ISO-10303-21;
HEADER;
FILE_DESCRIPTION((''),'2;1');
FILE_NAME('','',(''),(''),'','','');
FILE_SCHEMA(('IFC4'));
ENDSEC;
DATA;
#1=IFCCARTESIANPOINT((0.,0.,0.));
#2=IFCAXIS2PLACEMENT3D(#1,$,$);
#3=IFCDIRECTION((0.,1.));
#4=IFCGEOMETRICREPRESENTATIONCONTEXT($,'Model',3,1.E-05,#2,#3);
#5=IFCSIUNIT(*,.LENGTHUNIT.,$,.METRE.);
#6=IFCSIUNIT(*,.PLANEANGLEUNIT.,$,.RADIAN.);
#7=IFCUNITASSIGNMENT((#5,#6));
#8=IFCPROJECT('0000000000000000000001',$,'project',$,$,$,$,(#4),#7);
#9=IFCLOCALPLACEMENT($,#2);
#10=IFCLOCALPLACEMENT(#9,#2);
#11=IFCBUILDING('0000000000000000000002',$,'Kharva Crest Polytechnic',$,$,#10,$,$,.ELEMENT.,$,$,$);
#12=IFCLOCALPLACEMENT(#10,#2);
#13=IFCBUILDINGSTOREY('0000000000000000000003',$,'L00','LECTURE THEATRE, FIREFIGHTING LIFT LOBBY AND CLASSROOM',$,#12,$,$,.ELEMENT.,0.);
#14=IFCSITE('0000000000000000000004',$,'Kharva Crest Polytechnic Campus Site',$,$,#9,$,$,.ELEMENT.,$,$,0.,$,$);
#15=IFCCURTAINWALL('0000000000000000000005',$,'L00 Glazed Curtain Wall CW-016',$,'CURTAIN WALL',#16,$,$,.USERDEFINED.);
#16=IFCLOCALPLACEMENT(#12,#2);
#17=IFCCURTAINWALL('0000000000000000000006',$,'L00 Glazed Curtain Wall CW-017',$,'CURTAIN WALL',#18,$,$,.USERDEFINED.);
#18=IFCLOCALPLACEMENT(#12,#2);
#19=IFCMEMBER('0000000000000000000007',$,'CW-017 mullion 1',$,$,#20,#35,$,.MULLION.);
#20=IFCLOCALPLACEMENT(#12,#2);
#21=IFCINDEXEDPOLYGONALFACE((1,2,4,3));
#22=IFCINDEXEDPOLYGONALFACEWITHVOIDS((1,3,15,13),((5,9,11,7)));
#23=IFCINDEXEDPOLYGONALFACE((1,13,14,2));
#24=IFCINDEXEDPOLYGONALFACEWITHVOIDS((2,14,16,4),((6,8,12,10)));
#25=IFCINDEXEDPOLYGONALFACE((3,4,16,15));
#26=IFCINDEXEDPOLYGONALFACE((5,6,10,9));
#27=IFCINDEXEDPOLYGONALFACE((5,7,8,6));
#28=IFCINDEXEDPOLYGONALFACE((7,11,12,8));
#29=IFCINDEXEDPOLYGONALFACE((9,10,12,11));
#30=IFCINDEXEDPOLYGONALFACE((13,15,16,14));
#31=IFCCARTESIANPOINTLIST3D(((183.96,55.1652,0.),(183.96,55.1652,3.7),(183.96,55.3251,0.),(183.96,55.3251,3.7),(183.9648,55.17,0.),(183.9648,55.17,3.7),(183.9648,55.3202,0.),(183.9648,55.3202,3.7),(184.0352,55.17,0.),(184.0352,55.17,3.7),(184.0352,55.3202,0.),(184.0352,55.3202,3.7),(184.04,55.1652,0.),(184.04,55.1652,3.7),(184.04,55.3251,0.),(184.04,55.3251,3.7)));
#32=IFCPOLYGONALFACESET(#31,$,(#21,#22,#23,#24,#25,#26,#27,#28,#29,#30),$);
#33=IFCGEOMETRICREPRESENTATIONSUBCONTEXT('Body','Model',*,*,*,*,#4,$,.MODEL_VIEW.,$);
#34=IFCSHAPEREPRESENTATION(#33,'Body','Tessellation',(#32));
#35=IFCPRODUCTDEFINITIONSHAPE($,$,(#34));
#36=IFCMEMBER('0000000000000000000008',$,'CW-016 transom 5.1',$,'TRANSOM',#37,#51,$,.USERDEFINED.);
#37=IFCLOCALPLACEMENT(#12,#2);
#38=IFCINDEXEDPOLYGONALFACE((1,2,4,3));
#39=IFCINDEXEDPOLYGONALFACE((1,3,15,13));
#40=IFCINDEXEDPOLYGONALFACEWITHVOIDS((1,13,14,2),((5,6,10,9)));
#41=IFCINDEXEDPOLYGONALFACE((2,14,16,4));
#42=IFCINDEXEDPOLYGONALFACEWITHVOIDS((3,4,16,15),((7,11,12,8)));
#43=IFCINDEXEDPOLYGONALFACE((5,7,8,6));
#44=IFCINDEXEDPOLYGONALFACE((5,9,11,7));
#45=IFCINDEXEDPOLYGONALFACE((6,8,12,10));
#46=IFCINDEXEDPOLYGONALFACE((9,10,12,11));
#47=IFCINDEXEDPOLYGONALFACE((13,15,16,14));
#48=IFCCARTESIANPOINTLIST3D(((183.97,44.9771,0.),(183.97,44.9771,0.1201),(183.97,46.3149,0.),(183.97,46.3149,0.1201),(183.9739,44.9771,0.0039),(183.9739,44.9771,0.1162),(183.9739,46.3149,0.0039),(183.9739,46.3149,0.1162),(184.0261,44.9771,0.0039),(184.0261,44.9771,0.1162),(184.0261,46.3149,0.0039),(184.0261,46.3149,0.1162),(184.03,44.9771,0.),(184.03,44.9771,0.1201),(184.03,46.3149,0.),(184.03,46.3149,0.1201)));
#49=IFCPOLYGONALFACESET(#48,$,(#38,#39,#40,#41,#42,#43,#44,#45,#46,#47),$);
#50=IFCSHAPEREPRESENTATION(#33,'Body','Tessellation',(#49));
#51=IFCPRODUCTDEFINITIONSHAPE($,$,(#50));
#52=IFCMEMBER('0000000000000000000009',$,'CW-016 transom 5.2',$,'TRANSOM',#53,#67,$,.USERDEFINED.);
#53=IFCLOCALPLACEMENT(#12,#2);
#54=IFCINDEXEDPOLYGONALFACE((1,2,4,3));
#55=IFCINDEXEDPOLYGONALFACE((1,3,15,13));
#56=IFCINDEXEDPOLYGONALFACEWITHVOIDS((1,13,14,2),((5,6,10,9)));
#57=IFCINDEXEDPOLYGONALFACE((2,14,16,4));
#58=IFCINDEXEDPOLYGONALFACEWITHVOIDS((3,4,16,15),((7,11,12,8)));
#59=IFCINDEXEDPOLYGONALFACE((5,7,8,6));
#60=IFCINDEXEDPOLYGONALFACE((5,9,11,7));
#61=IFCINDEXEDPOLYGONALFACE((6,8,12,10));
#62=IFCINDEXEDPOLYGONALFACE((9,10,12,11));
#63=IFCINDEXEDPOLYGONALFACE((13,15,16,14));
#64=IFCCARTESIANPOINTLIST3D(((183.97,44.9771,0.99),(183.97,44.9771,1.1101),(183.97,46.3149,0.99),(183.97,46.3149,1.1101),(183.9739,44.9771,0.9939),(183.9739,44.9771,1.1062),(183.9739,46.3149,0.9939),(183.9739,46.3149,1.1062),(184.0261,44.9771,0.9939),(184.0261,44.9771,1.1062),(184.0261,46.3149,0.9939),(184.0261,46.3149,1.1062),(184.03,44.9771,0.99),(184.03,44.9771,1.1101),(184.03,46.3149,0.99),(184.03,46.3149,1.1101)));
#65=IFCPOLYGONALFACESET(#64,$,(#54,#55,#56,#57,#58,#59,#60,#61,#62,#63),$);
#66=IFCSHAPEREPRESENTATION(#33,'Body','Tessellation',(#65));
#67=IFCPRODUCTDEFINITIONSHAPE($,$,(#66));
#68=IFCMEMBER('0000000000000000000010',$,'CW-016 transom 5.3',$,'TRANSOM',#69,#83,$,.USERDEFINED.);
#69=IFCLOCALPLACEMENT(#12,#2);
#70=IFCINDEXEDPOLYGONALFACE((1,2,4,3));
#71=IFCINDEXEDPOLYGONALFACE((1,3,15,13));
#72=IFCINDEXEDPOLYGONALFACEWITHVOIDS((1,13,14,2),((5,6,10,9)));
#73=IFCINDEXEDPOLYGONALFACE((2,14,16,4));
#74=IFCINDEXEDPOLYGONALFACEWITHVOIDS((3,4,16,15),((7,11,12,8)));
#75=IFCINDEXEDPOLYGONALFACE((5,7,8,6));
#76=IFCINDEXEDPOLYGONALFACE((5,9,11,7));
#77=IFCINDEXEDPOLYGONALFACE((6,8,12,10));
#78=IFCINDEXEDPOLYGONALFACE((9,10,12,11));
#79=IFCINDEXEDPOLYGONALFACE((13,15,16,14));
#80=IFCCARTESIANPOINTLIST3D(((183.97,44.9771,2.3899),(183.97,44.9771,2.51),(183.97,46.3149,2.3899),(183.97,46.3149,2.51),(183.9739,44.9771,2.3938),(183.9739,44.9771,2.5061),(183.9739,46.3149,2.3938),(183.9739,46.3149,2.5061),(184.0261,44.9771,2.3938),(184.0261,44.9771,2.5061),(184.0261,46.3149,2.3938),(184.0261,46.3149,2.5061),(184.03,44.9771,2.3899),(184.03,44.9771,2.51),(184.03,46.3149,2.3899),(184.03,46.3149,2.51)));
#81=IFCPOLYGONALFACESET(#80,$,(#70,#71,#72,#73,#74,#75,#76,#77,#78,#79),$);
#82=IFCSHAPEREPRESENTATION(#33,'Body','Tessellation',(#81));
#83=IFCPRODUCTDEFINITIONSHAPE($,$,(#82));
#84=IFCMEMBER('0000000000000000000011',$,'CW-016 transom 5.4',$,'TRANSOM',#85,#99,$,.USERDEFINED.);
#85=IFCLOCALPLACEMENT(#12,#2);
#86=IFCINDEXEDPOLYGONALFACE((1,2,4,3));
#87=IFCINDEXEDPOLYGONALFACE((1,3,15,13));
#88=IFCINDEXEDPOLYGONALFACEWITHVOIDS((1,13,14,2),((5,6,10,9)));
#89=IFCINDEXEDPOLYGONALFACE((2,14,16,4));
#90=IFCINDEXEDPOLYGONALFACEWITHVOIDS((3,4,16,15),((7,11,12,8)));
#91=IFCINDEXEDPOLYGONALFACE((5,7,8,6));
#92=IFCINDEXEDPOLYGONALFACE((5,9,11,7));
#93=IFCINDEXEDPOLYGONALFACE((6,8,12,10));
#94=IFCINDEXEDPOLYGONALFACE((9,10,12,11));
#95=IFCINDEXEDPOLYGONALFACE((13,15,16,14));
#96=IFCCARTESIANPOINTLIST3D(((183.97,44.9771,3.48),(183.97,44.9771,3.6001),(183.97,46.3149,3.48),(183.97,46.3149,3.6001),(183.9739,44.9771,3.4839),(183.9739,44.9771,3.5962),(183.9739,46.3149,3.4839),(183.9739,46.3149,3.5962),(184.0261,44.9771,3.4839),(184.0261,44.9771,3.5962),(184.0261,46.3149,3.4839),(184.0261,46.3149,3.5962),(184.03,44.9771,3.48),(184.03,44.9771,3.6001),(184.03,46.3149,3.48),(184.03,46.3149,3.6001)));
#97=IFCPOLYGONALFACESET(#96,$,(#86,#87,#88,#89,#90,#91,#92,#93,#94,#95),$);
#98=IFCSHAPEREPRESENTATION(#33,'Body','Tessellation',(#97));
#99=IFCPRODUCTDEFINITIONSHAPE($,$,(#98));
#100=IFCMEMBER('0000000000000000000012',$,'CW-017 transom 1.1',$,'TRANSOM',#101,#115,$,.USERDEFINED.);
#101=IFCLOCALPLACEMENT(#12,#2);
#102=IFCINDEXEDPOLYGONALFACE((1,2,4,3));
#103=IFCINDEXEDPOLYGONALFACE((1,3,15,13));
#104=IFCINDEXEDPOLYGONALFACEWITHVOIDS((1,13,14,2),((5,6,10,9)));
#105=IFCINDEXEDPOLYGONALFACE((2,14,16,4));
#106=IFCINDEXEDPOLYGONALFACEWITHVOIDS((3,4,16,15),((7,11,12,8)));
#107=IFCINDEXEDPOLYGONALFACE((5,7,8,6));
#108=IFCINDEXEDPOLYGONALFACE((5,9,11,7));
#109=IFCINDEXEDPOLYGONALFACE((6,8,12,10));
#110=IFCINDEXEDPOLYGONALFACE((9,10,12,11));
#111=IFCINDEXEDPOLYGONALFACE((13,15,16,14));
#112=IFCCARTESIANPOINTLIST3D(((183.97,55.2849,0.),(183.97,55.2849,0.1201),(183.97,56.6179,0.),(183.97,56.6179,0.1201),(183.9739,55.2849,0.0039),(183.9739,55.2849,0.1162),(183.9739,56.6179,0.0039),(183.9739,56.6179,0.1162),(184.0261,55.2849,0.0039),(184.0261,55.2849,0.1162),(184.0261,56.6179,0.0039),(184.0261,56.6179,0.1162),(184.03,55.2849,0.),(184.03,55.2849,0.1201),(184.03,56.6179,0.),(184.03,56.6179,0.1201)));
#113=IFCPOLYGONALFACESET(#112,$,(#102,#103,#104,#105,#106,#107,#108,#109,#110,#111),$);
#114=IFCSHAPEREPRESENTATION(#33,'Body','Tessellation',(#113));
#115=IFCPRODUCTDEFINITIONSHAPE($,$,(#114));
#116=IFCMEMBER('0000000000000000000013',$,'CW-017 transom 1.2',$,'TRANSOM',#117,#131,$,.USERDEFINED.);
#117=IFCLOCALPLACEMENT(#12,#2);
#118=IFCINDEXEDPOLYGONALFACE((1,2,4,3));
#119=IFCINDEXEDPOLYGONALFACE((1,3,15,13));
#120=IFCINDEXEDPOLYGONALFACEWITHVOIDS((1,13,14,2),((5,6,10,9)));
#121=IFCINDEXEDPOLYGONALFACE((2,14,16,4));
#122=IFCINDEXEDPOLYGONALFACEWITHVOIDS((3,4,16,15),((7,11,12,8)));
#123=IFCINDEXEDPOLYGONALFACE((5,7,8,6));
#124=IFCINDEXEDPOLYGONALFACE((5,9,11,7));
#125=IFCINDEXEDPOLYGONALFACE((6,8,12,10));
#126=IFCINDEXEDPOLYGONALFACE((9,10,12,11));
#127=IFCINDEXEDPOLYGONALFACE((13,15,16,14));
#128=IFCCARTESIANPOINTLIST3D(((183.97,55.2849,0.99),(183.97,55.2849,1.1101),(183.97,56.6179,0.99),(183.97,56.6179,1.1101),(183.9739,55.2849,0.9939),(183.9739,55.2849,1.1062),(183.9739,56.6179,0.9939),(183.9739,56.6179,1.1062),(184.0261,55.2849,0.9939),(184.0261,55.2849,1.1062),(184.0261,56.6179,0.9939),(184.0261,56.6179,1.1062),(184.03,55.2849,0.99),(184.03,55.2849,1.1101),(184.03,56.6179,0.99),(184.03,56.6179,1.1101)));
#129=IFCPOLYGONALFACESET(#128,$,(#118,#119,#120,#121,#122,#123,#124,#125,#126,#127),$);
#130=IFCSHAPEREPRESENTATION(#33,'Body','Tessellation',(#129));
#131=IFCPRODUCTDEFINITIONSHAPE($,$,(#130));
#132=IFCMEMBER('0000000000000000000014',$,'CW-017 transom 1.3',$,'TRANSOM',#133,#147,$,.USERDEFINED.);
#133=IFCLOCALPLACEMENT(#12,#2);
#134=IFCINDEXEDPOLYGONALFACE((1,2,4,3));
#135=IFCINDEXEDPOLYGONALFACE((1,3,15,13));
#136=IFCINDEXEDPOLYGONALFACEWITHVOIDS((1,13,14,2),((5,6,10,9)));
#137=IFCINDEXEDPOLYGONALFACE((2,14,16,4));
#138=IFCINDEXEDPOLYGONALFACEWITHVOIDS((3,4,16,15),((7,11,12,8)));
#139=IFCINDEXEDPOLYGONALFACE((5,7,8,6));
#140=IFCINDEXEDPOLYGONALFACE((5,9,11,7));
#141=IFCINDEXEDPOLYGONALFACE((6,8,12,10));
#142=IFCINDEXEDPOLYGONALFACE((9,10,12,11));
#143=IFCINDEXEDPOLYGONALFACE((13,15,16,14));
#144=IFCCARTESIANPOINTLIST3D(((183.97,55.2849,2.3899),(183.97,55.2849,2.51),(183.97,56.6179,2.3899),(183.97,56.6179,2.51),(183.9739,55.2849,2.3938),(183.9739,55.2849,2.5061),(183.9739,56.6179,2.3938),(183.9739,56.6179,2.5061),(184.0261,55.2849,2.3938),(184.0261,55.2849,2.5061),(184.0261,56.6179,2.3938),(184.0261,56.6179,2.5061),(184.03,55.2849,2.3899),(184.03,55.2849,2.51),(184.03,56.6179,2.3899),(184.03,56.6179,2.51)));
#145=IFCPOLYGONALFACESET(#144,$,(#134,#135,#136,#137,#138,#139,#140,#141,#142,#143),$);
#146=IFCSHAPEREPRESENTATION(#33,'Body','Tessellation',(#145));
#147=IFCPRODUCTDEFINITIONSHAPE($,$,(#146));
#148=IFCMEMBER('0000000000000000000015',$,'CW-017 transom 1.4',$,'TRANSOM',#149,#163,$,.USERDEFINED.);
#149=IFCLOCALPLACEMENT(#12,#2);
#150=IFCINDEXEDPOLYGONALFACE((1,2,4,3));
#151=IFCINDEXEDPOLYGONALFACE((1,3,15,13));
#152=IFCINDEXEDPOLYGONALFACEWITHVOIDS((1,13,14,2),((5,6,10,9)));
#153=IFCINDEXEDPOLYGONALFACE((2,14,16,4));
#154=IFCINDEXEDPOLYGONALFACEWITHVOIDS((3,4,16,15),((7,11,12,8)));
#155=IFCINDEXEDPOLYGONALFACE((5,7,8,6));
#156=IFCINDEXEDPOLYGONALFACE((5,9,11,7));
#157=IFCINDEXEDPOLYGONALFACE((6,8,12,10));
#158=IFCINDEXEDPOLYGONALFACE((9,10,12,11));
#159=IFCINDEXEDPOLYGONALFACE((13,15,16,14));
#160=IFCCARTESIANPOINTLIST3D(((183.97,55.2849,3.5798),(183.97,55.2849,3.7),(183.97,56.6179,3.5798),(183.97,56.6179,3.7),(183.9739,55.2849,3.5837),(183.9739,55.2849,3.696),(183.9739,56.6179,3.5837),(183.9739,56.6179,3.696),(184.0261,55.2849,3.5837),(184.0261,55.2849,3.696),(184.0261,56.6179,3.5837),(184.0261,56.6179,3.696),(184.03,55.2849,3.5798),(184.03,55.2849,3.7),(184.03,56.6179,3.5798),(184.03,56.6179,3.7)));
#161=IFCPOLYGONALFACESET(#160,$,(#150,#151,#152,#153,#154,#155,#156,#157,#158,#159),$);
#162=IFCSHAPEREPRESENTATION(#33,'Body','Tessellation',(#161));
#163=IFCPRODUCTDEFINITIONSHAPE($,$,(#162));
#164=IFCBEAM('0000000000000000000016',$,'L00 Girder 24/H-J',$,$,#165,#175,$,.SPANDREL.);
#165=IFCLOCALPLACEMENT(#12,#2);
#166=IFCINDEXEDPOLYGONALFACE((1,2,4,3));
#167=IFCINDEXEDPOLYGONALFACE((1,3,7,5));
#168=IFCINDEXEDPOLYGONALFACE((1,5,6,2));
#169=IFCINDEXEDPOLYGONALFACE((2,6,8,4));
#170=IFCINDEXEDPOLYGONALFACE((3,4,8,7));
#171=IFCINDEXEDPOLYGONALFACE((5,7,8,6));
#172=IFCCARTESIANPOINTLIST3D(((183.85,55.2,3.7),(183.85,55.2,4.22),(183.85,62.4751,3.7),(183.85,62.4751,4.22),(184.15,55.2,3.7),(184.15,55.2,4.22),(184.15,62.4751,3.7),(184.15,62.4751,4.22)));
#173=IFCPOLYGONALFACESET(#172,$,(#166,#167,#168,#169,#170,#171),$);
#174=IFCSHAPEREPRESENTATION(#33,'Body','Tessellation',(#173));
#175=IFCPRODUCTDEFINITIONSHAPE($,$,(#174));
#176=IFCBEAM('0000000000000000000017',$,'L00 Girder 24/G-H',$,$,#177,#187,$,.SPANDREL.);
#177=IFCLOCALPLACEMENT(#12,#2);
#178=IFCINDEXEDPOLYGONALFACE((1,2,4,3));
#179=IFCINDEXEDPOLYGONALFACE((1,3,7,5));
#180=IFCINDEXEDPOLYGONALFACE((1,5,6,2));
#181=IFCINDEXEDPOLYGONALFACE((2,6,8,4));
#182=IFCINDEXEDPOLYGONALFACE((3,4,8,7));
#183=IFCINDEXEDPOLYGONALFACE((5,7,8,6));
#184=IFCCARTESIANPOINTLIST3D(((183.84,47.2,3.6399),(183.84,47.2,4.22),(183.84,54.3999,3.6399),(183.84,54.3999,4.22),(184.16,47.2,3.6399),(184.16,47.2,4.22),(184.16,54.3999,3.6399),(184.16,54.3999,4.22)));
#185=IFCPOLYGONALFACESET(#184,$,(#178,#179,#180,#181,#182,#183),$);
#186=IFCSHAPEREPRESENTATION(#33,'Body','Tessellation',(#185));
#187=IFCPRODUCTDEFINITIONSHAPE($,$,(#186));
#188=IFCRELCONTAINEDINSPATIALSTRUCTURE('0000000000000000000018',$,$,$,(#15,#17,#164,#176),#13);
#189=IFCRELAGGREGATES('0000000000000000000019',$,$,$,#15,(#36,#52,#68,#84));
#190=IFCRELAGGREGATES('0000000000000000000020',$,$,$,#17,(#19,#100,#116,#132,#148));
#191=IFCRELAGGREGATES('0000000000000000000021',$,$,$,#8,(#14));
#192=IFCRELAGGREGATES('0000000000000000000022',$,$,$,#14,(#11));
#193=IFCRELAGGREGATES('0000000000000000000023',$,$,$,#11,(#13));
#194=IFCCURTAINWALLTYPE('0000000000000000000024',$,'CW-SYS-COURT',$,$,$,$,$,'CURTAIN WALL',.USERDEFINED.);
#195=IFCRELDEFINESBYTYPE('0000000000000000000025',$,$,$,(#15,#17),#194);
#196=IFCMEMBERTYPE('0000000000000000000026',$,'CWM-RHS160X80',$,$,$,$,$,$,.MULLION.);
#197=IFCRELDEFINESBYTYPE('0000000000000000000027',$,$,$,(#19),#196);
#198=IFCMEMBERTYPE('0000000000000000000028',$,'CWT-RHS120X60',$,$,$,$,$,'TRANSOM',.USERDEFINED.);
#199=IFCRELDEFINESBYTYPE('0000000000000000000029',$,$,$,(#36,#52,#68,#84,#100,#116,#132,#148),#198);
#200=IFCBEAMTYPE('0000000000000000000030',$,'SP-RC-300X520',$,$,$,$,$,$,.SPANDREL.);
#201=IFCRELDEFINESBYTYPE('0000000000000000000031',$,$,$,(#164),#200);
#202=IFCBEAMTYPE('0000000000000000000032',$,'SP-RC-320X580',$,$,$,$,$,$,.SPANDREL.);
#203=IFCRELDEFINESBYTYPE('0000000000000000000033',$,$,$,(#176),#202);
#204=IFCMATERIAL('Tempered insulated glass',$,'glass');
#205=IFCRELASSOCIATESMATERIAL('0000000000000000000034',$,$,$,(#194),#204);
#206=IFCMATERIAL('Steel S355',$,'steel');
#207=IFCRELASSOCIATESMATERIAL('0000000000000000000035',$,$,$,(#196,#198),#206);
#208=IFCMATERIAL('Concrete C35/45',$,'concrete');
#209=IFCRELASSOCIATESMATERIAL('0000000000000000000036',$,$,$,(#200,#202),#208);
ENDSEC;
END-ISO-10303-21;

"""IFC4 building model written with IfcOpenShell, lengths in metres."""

from ifc_helpers import new_model, si_unit, direction, frame, origin, origin_2d, place, context, subcontext, project, spatial, rectangle, hollow_rectangle, extrude, material, material_profile, profile_set, type_object, element, aggregate, save


model = new_model("IFC4")

# Units and contexts
model_context = context("Model", 3, precision=1e-05, world=origin(), true_north=direction((0.0, 1.0)))
body_context = subcontext(model_context, "Body", "Model", "MODEL_VIEW")
ifc_project = project(units=[si_unit("LENGTHUNIT", "METRE"), si_unit("PLANEANGLEUNIT", "RADIAN")], contexts=[model_context])

# Site, building, storey
site_placement = place(None, origin())
site = spatial("IfcSite", under=ifc_project, at=site_placement, Name="Kharva Crest Polytechnic Campus Site", CompositionType="ELEMENT", RefElevation=0.0)
building_placement = place(site_placement, origin())
building = spatial("IfcBuilding", under=site, at=building_placement, Name="Kharva Crest Polytechnic", CompositionType="ELEMENT")
storey_placement = place(building_placement, origin())
storey = spatial("IfcBuildingStorey", under=building, at=storey_placement, Name="L00", Description="LECTURE THEATRE, FIREFIGHTING LIFT LOBBY AND CLASSROOM", CompositionType="ELEMENT", Elevation=0.0)

# Shared definitions
ifc_material_1 = material(Name="Concrete C35/45", Category="concrete")

# Curtain wall
ifc_material_2 = material(Name="Tempered insulated glass", Category="glass")
curtain_wall_type = type_object("IfcCurtainWallType", Name="CW-SYS-COURT", ElementType="CURTAIN WALL", PredefinedType="USERDEFINED", material=ifc_material_2)
curtain_wall_1_placement = place(storey_placement, origin())
curtain_wall_1 = element("IfcCurtainWall", 1, at=curtain_wall_1_placement, inside=storey, type_object=curtain_wall_type, Name="L00 Glazed Curtain Wall CW-016", ObjectType="CURTAIN WALL", PredefinedType="USERDEFINED")
ifc_material_3 = material(Name="Steel S355", Category="steel")
ifc_material_profile_1 = material_profile(ifc_material_3, hollow_rectangle(XDim=0.0801, YDim=0.1599, WallThickness=0.0049, at=origin_2d()), Name="RHS 160X80X5.0")
ifc_profile_set_1 = profile_set([ifc_material_profile_1], Name="Steel S355")
member_type_1 = type_object("IfcMemberType", Name="CWM-RHS160X80", PredefinedType="MULLION", material=ifc_profile_set_1)

# Curtain wall, member
curtain_wall_2_placement = place(storey_placement, origin())
curtain_wall_2 = element("IfcCurtainWall", 2, at=curtain_wall_2_placement, inside=storey, type_object=curtain_wall_type, Name="L00 Glazed Curtain Wall CW-017", ObjectType="CURTAIN WALL", PredefinedType="USERDEFINED")
member_1_placement = place(storey_placement, frame((184.0, 55.2451, 0.0), z_axis=(0.0, 0.0, 1.0), x_axis=(-1.0, 0.0, 0.0)))
member_1 = element("IfcMember", 3, at=member_1_placement, type_object=member_type_1, Name="CW-017 mullion 1", PredefinedType="MULLION", context=body_context, shape_type="SweptSolid", body=[
    extrude(hollow_rectangle(XDim=0.0801, YDim=0.1599, WallThickness=0.0049, at=origin_2d()), origin(), (0.0, 0.0, 1.0), 3.7),
])

# Members
ifc_material_profile_2 = material_profile(ifc_material_3, hollow_rectangle(XDim=0.0601, YDim=0.1201, WallThickness=0.0039, at=origin_2d()), Name="RHS 120X60X4.0")
ifc_profile_set_2 = profile_set([ifc_material_profile_2], Name="Steel S355")
member_type_2 = type_object("IfcMemberType", Name="CWT-RHS120X60", ElementType="TRANSOM", PredefinedType="USERDEFINED", material=ifc_profile_set_2)
member_2_placement = place(storey_placement, frame((184.0, 44.9771, 0.0601), z_axis=(0.0, 1.0, 0.0), x_axis=(-1.0, 0.0, 0.0)))
member_2 = element("IfcMember", 4, at=member_2_placement, type_object=member_type_2, Name="CW-016 transom 5.1", ObjectType="TRANSOM", PredefinedType="USERDEFINED", context=body_context, shape_type="SweptSolid", body=[
    extrude(hollow_rectangle(XDim=0.0601, YDim=0.1201, WallThickness=0.0039, at=origin_2d()), origin(), (0.0, 0.0, 1.0), 1.3379),
])
member_3_placement = place(storey_placement, frame((184.0, 44.9771, 1.05), z_axis=(0.0, 1.0, 0.0), x_axis=(-1.0, 0.0, 0.0)))
member_3 = element("IfcMember", 5, at=member_3_placement, type_object=member_type_2, Name="CW-016 transom 5.2", ObjectType="TRANSOM", PredefinedType="USERDEFINED", context=body_context, shape_type="SweptSolid", body=[
    extrude(hollow_rectangle(XDim=0.0601, YDim=0.1201, WallThickness=0.0039, at=origin_2d()), origin(), (0.0, 0.0, 1.0), 1.3379),
])
member_4_placement = place(storey_placement, frame((184.0, 44.9771, 2.45), z_axis=(0.0, 1.0, 0.0), x_axis=(-1.0, 0.0, 0.0)))
member_4 = element("IfcMember", 6, at=member_4_placement, type_object=member_type_2, Name="CW-016 transom 5.3", ObjectType="TRANSOM", PredefinedType="USERDEFINED", context=body_context, shape_type="SweptSolid", body=[
    extrude(hollow_rectangle(XDim=0.0601, YDim=0.1201, WallThickness=0.0039, at=origin_2d()), origin(), (0.0, 0.0, 1.0), 1.3379),
])
member_5_placement = place(storey_placement, frame((184.0, 44.9771, 3.54), z_axis=(0.0, 1.0, 0.0), x_axis=(-1.0, 0.0, 0.0)))
member_5 = element("IfcMember", 7, at=member_5_placement, type_object=member_type_2, Name="CW-016 transom 5.4", ObjectType="TRANSOM", PredefinedType="USERDEFINED", context=body_context, shape_type="SweptSolid", body=[
    extrude(hollow_rectangle(XDim=0.0601, YDim=0.1201, WallThickness=0.0039, at=origin_2d()), origin(), (0.0, 0.0, 1.0), 1.3379),
])
member_6_placement = place(storey_placement, frame((184.0, 55.2849, 0.0601), z_axis=(0.0, 1.0, 0.0), x_axis=(-1.0, 0.0, 0.0)))
member_6 = element("IfcMember", 8, at=member_6_placement, type_object=member_type_2, Name="CW-017 transom 1.1", ObjectType="TRANSOM", PredefinedType="USERDEFINED", context=body_context, shape_type="SweptSolid", body=[
    extrude(hollow_rectangle(XDim=0.0601, YDim=0.1201, WallThickness=0.0039, at=origin_2d()), origin(), (0.0, 0.0, 1.0), 1.333),
])
member_7_placement = place(storey_placement, frame((184.0, 55.2849, 1.05), z_axis=(0.0, 1.0, 0.0), x_axis=(-1.0, 0.0, 0.0)))
member_7 = element("IfcMember", 9, at=member_7_placement, type_object=member_type_2, Name="CW-017 transom 1.2", ObjectType="TRANSOM", PredefinedType="USERDEFINED", context=body_context, shape_type="SweptSolid", body=[
    extrude(hollow_rectangle(XDim=0.0601, YDim=0.1201, WallThickness=0.0039, at=origin_2d()), origin(), (0.0, 0.0, 1.0), 1.333),
])
member_8_placement = place(storey_placement, frame((184.0, 55.2849, 2.45), z_axis=(0.0, 1.0, 0.0), x_axis=(-1.0, 0.0, 0.0)))
member_8 = element("IfcMember", 10, at=member_8_placement, type_object=member_type_2, Name="CW-017 transom 1.3", ObjectType="TRANSOM", PredefinedType="USERDEFINED", context=body_context, shape_type="SweptSolid", body=[
    extrude(hollow_rectangle(XDim=0.0601, YDim=0.1201, WallThickness=0.0039, at=origin_2d()), origin(), (0.0, 0.0, 1.0), 1.333),
])
member_9_placement = place(storey_placement, frame((184.0, 55.2849, 3.6399), z_axis=(0.0, 1.0, 0.0), x_axis=(-1.0, 0.0, 0.0)))
member_9 = element("IfcMember", 11, at=member_9_placement, type_object=member_type_2, Name="CW-017 transom 1.4", ObjectType="TRANSOM", PredefinedType="USERDEFINED", context=body_context, shape_type="SweptSolid", body=[
    extrude(hollow_rectangle(XDim=0.0601, YDim=0.1201, WallThickness=0.0039, at=origin_2d()), origin(), (0.0, 0.0, 1.0), 1.333),
])

# Beams
ifc_material_profile_3 = material_profile(ifc_material_1, rectangle(XDim=0.3, YDim=0.52, at=origin_2d()), Name="RECT 300 X 520")
ifc_profile_set_3 = profile_set([ifc_material_profile_3], Name="Concrete C35/45")
beam_type_1 = type_object("IfcBeamType", Name="SP-RC-300X520", PredefinedType="SPANDREL", material=ifc_profile_set_3)
beam_1_placement = place(storey_placement, frame((184.0, 55.2, 3.96), z_axis=(0.0, 1.0, 0.0), x_axis=(-1.0, 0.0, 0.0)))
element("IfcBeam", 12, at=beam_1_placement, inside=storey, type_object=beam_type_1, Name="L00 Girder 24/H-J", PredefinedType="SPANDREL", context=body_context, shape_type="SweptSolid", body=[
    extrude(rectangle(XDim=0.3, YDim=0.52, at=origin_2d()), origin(), (0.0, 0.0, 1.0), 7.2751),
])
ifc_material_profile_4 = material_profile(ifc_material_1, rectangle(XDim=0.3201, YDim=0.5801, at=origin_2d()), Name="RECT 320 X 580")
ifc_profile_set_4 = profile_set([ifc_material_profile_4], Name="Concrete C35/45")
beam_type_2 = type_object("IfcBeamType", Name="SP-RC-320X580", PredefinedType="SPANDREL", material=ifc_profile_set_4)
beam_2_placement = place(storey_placement, frame((184.0, 47.2, 3.9299), z_axis=(0.0, 1.0, 0.0), x_axis=(-1.0, 0.0, 0.0)))
element("IfcBeam", 13, at=beam_2_placement, inside=storey, type_object=beam_type_2, Name="L00 Girder 24/G-H", PredefinedType="SPANDREL", context=body_context, shape_type="SweptSolid", body=[
    extrude(rectangle(XDim=0.3201, YDim=0.5801, at=origin_2d()), origin(), (0.0, 0.0, 1.0), 7.2),
])

aggregate(curtain_wall_1, [member_2, member_3, member_4, member_5])
aggregate(curtain_wall_2, [member_1, member_6, member_7, member_8, member_9])

save(model, "model.ifc")
